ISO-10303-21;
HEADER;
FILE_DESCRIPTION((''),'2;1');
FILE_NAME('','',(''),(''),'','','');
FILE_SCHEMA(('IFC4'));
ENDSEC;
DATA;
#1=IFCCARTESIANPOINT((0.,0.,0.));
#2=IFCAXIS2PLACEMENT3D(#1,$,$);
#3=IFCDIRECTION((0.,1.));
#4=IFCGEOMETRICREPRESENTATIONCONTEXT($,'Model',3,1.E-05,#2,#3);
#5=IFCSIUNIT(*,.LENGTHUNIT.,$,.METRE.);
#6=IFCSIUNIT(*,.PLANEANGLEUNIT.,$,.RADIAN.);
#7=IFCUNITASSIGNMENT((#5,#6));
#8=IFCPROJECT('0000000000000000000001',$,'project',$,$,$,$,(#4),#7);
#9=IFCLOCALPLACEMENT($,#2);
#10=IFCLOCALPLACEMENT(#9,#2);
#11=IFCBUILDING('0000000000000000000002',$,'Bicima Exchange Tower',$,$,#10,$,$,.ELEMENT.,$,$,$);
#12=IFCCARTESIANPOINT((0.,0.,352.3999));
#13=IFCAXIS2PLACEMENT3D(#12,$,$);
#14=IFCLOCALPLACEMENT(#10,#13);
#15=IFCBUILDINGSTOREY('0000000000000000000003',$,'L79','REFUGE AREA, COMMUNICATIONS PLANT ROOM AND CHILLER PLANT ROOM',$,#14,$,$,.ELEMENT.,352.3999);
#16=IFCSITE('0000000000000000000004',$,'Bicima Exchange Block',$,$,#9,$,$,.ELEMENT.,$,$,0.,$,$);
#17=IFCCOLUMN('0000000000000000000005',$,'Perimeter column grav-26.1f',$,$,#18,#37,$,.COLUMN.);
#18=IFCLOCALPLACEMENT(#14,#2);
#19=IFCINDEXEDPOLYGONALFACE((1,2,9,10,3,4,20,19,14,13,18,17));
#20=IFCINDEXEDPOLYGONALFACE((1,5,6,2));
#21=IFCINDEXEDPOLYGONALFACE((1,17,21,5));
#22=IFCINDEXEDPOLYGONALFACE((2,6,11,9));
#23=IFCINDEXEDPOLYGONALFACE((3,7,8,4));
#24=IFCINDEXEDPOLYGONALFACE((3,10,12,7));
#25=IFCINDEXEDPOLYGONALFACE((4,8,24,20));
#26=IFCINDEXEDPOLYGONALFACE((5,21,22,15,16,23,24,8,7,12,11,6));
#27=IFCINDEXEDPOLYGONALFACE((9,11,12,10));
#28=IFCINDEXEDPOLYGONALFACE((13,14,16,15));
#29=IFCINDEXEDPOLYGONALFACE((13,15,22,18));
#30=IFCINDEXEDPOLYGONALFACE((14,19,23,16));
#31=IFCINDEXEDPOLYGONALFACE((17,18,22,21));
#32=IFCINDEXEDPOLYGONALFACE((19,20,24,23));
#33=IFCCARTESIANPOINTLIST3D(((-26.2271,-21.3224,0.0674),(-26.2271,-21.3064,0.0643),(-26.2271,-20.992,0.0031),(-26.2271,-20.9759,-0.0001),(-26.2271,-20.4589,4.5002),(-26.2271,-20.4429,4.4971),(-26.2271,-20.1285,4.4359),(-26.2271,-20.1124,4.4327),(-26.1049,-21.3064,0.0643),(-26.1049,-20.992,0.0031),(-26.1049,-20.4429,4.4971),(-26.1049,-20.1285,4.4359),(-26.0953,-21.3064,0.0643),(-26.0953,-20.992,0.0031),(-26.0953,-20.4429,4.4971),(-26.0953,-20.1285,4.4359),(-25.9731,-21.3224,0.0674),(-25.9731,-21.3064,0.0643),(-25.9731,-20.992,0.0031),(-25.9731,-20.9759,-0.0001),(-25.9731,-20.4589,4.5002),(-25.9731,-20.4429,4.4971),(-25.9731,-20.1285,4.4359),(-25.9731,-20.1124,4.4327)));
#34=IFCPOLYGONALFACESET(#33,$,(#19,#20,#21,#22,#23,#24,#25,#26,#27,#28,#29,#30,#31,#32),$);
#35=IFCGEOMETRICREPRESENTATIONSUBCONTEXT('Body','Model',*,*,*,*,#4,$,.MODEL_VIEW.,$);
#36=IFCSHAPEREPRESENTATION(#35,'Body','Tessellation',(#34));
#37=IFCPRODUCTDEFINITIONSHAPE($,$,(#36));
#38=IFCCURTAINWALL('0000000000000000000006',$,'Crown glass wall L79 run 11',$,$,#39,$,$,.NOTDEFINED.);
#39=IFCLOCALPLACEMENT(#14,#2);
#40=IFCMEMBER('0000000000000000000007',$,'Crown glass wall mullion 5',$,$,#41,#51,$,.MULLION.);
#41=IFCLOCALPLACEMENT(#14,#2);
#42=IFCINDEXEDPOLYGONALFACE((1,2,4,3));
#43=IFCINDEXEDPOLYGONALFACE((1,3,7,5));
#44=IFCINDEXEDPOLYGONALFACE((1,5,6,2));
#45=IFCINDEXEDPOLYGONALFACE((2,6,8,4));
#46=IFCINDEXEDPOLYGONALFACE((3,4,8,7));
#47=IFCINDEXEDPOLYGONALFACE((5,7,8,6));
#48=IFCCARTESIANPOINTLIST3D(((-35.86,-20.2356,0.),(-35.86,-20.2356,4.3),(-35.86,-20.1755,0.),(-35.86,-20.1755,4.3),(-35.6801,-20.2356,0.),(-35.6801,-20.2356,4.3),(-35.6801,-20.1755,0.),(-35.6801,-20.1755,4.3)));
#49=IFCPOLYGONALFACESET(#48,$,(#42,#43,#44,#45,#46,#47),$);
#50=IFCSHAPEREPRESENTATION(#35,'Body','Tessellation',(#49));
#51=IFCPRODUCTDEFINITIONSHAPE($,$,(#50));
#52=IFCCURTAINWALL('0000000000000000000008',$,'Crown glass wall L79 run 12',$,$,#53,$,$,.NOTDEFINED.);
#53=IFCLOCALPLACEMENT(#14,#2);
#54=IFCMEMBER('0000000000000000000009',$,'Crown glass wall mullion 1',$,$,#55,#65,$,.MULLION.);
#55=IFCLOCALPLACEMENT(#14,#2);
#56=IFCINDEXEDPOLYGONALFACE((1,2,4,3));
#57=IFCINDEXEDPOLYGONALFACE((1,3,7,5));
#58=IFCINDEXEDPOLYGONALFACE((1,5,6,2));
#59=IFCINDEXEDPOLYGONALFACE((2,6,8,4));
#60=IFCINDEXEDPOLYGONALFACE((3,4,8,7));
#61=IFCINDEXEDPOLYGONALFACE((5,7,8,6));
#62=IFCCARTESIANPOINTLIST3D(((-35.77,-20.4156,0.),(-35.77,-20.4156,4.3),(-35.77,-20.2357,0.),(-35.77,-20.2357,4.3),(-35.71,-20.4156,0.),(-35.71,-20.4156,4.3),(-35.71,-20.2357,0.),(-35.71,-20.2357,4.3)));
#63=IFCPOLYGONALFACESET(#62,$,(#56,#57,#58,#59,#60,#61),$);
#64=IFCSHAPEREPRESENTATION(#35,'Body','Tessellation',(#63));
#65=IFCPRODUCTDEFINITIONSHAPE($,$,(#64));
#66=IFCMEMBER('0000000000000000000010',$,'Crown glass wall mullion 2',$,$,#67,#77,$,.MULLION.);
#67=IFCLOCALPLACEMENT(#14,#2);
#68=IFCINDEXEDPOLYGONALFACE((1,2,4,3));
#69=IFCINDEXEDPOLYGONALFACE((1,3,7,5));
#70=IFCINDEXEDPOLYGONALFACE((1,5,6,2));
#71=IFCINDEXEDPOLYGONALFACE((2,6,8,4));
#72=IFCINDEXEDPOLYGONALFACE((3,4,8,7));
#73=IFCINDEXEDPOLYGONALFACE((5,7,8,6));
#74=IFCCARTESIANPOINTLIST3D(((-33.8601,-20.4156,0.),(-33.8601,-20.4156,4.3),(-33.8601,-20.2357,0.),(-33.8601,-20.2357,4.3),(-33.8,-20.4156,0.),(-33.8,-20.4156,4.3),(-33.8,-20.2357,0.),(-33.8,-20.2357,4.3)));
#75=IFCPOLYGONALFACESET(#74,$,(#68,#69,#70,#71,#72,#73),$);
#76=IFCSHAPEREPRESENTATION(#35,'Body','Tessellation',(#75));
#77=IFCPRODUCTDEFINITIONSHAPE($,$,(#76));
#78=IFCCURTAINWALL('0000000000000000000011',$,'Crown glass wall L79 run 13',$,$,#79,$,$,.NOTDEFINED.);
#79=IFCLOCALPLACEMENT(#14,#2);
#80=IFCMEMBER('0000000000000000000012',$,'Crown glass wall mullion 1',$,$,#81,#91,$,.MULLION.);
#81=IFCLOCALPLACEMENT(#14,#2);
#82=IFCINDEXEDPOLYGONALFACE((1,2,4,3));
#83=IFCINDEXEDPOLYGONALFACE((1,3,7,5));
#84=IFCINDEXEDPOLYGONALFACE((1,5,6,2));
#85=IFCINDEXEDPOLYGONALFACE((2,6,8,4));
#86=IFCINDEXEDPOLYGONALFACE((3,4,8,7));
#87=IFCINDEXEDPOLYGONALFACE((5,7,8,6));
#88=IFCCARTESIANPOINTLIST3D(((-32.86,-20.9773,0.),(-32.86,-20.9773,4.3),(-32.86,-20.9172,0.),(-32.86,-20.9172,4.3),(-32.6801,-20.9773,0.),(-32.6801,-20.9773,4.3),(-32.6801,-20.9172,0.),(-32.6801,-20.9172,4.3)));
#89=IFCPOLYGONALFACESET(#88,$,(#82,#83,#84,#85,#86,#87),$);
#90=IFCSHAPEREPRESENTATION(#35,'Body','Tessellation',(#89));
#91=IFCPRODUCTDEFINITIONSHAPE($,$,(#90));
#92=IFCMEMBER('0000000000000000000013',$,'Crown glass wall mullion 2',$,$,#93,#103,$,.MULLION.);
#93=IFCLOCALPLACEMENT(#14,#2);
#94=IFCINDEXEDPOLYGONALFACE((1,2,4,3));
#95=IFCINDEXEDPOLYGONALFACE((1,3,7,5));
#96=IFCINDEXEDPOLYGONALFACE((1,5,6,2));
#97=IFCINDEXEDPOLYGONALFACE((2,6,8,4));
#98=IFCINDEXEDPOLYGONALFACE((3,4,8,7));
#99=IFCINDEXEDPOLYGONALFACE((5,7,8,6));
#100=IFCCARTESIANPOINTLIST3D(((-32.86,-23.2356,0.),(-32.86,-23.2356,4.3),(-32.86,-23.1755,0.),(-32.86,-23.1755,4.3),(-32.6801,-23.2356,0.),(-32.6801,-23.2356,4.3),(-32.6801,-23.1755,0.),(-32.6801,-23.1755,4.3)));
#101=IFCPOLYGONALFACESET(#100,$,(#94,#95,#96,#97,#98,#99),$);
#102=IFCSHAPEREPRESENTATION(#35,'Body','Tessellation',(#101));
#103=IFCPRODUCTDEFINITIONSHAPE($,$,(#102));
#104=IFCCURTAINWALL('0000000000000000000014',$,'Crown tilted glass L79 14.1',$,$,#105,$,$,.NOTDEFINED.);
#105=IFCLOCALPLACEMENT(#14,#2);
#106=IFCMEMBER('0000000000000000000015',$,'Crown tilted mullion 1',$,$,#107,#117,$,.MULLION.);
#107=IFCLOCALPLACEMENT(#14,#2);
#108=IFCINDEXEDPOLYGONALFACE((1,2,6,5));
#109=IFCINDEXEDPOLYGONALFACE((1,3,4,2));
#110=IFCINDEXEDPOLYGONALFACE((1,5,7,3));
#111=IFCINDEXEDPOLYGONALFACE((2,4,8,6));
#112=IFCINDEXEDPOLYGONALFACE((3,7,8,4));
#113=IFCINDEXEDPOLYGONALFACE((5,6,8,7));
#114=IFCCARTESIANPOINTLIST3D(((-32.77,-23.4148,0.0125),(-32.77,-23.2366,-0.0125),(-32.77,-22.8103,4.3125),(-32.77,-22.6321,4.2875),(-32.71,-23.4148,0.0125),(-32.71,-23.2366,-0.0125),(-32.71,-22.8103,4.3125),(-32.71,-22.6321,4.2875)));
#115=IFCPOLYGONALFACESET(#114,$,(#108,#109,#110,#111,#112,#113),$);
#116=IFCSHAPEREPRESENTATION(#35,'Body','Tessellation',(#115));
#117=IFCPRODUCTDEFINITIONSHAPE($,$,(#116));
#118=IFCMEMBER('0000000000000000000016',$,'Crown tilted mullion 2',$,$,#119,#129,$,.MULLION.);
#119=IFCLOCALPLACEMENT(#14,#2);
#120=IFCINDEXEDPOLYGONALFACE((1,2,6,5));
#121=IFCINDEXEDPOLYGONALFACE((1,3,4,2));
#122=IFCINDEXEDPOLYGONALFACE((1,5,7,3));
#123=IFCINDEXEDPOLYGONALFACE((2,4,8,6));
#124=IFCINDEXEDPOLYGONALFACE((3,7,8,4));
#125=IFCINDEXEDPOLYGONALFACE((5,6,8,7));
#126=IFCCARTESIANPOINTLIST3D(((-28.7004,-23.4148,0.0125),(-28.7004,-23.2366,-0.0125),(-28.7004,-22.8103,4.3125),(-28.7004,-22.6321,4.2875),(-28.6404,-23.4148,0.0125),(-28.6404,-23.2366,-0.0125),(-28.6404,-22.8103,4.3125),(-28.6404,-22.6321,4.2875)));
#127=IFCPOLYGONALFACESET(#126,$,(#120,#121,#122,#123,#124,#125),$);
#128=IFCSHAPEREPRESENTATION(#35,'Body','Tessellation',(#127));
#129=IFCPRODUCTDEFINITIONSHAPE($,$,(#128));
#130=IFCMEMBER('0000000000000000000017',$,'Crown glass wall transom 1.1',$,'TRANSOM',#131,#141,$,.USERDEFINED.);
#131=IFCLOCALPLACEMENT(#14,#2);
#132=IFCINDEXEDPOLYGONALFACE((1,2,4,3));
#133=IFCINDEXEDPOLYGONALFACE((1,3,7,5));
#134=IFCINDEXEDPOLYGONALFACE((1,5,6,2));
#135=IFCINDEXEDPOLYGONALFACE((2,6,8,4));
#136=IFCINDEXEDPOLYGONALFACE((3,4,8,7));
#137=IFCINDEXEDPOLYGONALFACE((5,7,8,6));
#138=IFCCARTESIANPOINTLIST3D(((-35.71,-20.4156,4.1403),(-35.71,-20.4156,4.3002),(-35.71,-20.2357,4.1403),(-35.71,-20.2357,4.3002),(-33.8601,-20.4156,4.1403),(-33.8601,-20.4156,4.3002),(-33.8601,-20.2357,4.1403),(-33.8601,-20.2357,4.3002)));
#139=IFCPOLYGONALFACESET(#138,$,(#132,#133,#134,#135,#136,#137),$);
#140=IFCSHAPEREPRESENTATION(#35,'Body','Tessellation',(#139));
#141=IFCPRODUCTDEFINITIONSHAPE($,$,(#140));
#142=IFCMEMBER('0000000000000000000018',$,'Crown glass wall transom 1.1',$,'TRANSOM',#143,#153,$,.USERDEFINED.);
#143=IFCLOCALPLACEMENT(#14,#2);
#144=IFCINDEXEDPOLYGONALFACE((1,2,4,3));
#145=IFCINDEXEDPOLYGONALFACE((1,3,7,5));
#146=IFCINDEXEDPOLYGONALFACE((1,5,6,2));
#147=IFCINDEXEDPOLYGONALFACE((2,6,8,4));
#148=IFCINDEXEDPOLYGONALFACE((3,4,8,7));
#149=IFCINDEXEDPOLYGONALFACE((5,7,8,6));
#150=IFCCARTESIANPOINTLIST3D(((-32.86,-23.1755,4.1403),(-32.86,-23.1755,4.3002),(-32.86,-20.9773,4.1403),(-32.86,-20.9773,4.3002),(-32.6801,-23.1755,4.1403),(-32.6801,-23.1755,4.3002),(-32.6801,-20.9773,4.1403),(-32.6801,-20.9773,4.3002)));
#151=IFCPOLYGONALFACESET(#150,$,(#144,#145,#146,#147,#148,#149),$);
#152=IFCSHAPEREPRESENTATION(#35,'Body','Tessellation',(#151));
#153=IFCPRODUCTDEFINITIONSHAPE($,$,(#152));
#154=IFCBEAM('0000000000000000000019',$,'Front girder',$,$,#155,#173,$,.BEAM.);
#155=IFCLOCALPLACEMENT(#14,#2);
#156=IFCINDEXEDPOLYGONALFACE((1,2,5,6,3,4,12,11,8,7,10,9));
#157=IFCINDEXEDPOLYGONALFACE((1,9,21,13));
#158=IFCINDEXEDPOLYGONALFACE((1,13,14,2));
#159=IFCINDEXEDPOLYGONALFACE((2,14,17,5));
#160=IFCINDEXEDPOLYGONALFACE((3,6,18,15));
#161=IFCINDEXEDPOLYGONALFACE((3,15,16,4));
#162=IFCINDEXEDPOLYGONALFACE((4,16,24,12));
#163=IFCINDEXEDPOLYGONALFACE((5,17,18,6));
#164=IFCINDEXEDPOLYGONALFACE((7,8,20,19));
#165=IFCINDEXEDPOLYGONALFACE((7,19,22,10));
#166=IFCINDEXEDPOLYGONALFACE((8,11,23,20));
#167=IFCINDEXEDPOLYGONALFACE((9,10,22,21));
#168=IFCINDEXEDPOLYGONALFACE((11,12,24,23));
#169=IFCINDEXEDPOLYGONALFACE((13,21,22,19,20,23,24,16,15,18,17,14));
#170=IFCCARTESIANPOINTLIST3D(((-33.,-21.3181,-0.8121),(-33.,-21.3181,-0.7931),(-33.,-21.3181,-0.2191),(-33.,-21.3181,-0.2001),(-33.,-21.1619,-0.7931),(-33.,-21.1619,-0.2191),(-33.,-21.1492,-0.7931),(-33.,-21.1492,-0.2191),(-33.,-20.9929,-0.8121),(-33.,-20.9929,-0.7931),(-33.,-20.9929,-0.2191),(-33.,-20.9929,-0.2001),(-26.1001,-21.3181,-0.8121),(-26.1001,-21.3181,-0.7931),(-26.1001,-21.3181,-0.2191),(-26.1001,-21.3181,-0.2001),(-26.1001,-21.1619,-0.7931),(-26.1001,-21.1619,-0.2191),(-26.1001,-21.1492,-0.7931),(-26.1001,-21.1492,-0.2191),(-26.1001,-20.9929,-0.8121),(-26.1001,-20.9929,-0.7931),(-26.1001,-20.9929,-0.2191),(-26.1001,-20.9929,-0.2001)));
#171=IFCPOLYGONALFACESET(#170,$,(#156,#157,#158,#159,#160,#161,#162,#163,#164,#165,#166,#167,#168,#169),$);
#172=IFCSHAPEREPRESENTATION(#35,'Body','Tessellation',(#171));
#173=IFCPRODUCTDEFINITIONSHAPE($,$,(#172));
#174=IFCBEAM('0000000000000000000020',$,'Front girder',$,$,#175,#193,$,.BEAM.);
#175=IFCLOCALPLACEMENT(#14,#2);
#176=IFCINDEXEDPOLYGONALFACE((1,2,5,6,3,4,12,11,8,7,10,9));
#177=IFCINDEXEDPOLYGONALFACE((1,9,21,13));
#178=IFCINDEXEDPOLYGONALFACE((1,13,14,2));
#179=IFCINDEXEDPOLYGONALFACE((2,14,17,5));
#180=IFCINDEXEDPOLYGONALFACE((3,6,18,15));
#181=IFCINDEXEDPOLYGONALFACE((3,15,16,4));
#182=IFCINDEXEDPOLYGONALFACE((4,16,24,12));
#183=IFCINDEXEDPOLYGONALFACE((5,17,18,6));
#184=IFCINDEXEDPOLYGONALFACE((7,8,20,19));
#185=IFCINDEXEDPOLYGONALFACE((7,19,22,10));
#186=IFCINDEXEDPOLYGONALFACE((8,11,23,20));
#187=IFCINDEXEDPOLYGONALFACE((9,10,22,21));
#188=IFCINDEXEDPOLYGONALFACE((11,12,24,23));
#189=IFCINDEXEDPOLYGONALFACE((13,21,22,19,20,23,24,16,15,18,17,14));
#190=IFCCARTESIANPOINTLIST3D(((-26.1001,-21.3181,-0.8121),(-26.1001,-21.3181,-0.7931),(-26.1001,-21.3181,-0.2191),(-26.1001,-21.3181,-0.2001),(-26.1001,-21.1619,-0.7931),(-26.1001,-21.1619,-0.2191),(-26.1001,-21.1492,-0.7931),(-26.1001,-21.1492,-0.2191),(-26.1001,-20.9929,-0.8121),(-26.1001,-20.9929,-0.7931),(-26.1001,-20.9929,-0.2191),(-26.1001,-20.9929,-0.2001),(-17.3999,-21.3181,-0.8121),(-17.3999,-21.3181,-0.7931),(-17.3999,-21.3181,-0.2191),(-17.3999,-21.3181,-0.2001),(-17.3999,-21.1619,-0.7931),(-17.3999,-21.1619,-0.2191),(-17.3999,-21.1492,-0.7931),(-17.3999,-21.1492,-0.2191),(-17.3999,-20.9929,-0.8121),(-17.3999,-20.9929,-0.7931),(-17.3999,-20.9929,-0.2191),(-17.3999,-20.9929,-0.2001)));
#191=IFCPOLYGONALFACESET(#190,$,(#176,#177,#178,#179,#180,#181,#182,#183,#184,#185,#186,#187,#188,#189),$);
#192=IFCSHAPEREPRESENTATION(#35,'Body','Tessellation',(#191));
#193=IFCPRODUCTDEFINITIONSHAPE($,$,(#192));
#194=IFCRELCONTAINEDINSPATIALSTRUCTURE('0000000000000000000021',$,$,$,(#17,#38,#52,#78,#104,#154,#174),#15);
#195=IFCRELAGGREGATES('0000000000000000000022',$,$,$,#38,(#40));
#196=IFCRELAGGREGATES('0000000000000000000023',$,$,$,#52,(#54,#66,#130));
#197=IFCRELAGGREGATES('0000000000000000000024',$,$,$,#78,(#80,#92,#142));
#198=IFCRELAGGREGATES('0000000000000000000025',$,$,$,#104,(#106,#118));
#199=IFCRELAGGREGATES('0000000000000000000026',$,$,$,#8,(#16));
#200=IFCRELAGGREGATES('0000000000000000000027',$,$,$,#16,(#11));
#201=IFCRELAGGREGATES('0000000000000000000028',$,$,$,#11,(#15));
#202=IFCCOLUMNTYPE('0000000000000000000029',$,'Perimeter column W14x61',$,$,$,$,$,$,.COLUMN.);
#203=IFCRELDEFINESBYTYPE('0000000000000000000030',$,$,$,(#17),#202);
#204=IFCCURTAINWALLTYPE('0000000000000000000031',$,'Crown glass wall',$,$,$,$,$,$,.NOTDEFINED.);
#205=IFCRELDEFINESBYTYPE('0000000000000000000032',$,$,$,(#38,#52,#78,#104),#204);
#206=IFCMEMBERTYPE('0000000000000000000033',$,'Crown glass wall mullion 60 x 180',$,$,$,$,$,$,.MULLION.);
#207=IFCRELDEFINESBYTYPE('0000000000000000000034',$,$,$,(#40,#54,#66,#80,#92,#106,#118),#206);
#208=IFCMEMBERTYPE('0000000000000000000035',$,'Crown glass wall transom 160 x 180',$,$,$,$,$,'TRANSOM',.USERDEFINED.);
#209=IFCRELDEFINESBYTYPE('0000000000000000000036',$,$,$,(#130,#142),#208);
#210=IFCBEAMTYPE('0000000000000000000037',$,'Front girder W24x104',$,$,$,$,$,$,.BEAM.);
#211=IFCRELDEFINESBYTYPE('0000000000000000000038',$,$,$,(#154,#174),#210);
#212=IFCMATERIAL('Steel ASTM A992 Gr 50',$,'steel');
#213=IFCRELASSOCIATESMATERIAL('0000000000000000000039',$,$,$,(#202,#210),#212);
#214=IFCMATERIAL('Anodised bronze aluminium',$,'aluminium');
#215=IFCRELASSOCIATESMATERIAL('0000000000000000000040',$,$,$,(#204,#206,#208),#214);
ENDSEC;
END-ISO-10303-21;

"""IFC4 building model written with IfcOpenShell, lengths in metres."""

from ifc_helpers import new_model, si_unit, direction, frame, origin, origin_2d, place, context, subcontext, project, spatial, rectangle, i_section, extrude, material, material_profile, profile_set, type_object, element, aggregate, save


model = new_model("IFC4")

# Units and contexts
model_context = context("Model", 3, precision=1e-05, world=origin(), true_north=direction((0.0, 1.0)))
body_context = subcontext(model_context, "Body", "Model", "MODEL_VIEW")
ifc_project = project(units=[si_unit("LENGTHUNIT", "METRE"), si_unit("PLANEANGLEUNIT", "RADIAN")], contexts=[model_context])

# Site, building, storey
site_placement = place(None, origin())
site = spatial("IfcSite", under=ifc_project, at=site_placement, Name="Bicima Exchange Block", CompositionType="ELEMENT", RefElevation=0.0)
building_placement = place(site_placement, origin())
building = spatial("IfcBuilding", under=site, at=building_placement, Name="Bicima Exchange Tower", CompositionType="ELEMENT")
storey_placement = place(building_placement, frame((0.0, 0.0, 352.3999)))
storey = spatial("IfcBuildingStorey", under=building, at=storey_placement, Name="L79", Description="REFUGE AREA, COMMUNICATIONS PLANT ROOM AND CHILLER PLANT ROOM", CompositionType="ELEMENT", Elevation=352.3999)

# Column
ifc_material_1 = material(Name="Steel ASTM A992 Gr 50", Category="steel")
ifc_material_profile_1 = material_profile(ifc_material_1, i_section(OverallWidth=0.2539, OverallDepth=0.353, WebThickness=0.0095, FlangeThickness=0.0164, at=origin_2d()))
ifc_profile_set_1 = profile_set([ifc_material_profile_1], Name="Steel ASTM A992 Gr 50")
column_type = type_object("IfcColumnType", Name="Perimeter column W14x61", PredefinedType="COLUMN", material=ifc_profile_set_1)
column_placement = place(storey_placement, frame((-26.1001, -21.1492, 0.0337), z_axis=(0.0, 0.191207, 0.98155), x_axis=(-1.0, 0.0, 0.0)))
element("IfcColumn", 1, at=column_placement, inside=storey, type_object=column_type, Name="Perimeter column grav-26.1f", PredefinedType="COLUMN", context=body_context, shape_type="SweptSolid", body=[
    extrude(i_section(OverallWidth=0.2539, OverallDepth=0.353, WebThickness=0.0095, FlangeThickness=0.0164, at=origin_2d()), origin(), (0.0, 0.0, 1.0), 4.5161),
])

# Curtain wall, member
ifc_material_2 = material(Name="Anodised bronze aluminium", Category="aluminium")
curtain_wall_type = type_object("IfcCurtainWallType", Name="Crown glass wall", PredefinedType="NOTDEFINED", material=ifc_material_2)
curtain_wall_1_placement = place(storey_placement, origin())
curtain_wall_1 = element("IfcCurtainWall", 2, at=curtain_wall_1_placement, inside=storey, type_object=curtain_wall_type, Name="Crown glass wall L79 run 11", PredefinedType="NOTDEFINED")
ifc_material_profile_2 = material_profile(ifc_material_2, rectangle(XDim=0.1799, YDim=0.0601, at=origin_2d()))
ifc_profile_set_2 = profile_set([ifc_material_profile_2], Name="Anodised bronze aluminium")
member_type_1 = type_object("IfcMemberType", Name="Crown glass wall mullion 60 x 180", PredefinedType="MULLION", material=ifc_profile_set_2)
member_1_placement = place(storey_placement, frame((-35.77, -20.2056, 0.0), z_axis=(0.0, 0.0, 1.0), x_axis=(1.0, 0.0, 0.0)))
member_1 = element("IfcMember", 3, at=member_1_placement, type_object=member_type_1, Name="Crown glass wall mullion 5", PredefinedType="MULLION", context=body_context, shape_type="SweptSolid", body=[
    extrude(rectangle(XDim=0.1799, YDim=0.0601, at=origin_2d()), origin(), (0.0, 0.0, 1.0), 4.3),
])
aggregate(curtain_wall_1, [member_1])

# Curtain walls, members
curtain_wall_2_placement = place(storey_placement, origin())
curtain_wall_2 = element("IfcCurtainWall", 4, at=curtain_wall_2_placement, inside=storey, type_object=curtain_wall_type, Name="Crown glass wall L79 run 12", PredefinedType="NOTDEFINED")
member_2_placement = place(storey_placement, frame((-35.74, -20.3257, 0.0), z_axis=(0.0, 0.0, 1.0), x_axis=(0.0, 1.0, 0.0)))
member_2 = element("IfcMember", 5, at=member_2_placement, type_object=member_type_1, Name="Crown glass wall mullion 1", PredefinedType="MULLION", context=body_context, shape_type="SweptSolid", body=[
    extrude(rectangle(XDim=0.1799, YDim=0.0601, at=origin_2d()), origin(), (0.0, 0.0, 1.0), 4.3),
])
member_3_placement = place(storey_placement, frame((-33.8301, -20.3257, 0.0), z_axis=(0.0, 0.0, 1.0), x_axis=(0.0, 1.0, 0.0)))
member_3 = element("IfcMember", 6, at=member_3_placement, type_object=member_type_1, Name="Crown glass wall mullion 2", PredefinedType="MULLION", context=body_context, shape_type="SweptSolid", body=[
    extrude(rectangle(XDim=0.1799, YDim=0.0601, at=origin_2d()), origin(), (0.0, 0.0, 1.0), 4.3),
])
curtain_wall_3_placement = place(storey_placement, origin())
curtain_wall_3 = element("IfcCurtainWall", 7, at=curtain_wall_3_placement, inside=storey, type_object=curtain_wall_type, Name="Crown glass wall L79 run 13", PredefinedType="NOTDEFINED")
member_4_placement = place(storey_placement, frame((-32.77, -20.9473, 0.0), z_axis=(0.0, 0.0, 1.0), x_axis=(1.0, 0.0, 0.0)))
member_4 = element("IfcMember", 8, at=member_4_placement, type_object=member_type_1, Name="Crown glass wall mullion 1", PredefinedType="MULLION", context=body_context, shape_type="SweptSolid", body=[
    extrude(rectangle(XDim=0.1799, YDim=0.0601, at=origin_2d()), origin(), (0.0, 0.0, 1.0), 4.3),
])
member_5_placement = place(storey_placement, frame((-32.77, -23.2056, 0.0), z_axis=(0.0, 0.0, 1.0), x_axis=(1.0, 0.0, 0.0)))
member_5 = element("IfcMember", 9, at=member_5_placement, type_object=member_type_1, Name="Crown glass wall mullion 2", PredefinedType="MULLION", context=body_context, shape_type="SweptSolid", body=[
    extrude(rectangle(XDim=0.1799, YDim=0.0601, at=origin_2d()), origin(), (0.0, 0.0, 1.0), 4.3),
])
curtain_wall_4_placement = place(storey_placement, origin())
curtain_wall_4 = element("IfcCurtainWall", 10, at=curtain_wall_4_placement, inside=storey, type_object=curtain_wall_type, Name="Crown tilted glass L79 14.1", PredefinedType="NOTDEFINED")
member_6_placement = place(storey_placement, frame((-32.74, -23.3257, 0.0), z_axis=(0.0, 0.139209, 0.990263), x_axis=(0.0, -0.990263, 0.139209)))
member_6 = element("IfcMember", 11, at=member_6_placement, type_object=member_type_1, Name="Crown tilted mullion 1", PredefinedType="MULLION", context=body_context, shape_type="SweptSolid", body=[
    extrude(rectangle(XDim=0.1799, YDim=0.0601, at=origin_2d()), origin(), (0.0, 0.0, 1.0), 4.3423),
])
member_7_placement = place(storey_placement, frame((-28.6704, -23.3257, 0.0), z_axis=(0.0, 0.139209, 0.990263), x_axis=(0.0, -0.990263, 0.139209)))
member_7 = element("IfcMember", 12, at=member_7_placement, type_object=member_type_1, Name="Crown tilted mullion 2", PredefinedType="MULLION", context=body_context, shape_type="SweptSolid", body=[
    extrude(rectangle(XDim=0.1799, YDim=0.0601, at=origin_2d()), origin(), (0.0, 0.0, 1.0), 4.3423),
])

# Members
ifc_material_profile_3 = material_profile(ifc_material_2, rectangle(XDim=0.1799, YDim=0.1599, at=origin_2d()))
ifc_profile_set_3 = profile_set([ifc_material_profile_3], Name="Anodised bronze aluminium")
member_type_2 = type_object("IfcMemberType", Name="Crown glass wall transom 160 x 180", ElementType="TRANSOM", PredefinedType="USERDEFINED", material=ifc_profile_set_3)
member_8_placement = place(storey_placement, frame((-35.71, -20.3257, 4.2202), z_axis=(1.0, 0.0, 0.0), x_axis=(0.0, 1.0, 0.0)))
member_8 = element("IfcMember", 13, at=member_8_placement, type_object=member_type_2, Name="Crown glass wall transom 1.1", ObjectType="TRANSOM", PredefinedType="USERDEFINED", context=body_context, shape_type="SweptSolid", body=[
    extrude(rectangle(XDim=0.1799, YDim=0.1599, at=origin_2d()), origin(), (0.0, 0.0, 1.0), 1.8499),
])
member_9_placement = place(storey_placement, frame((-32.77, -20.9773, 4.2202), z_axis=(0.0, -1.0, 0.0), x_axis=(1.0, 0.0, 0.0)))
member_9 = element("IfcMember", 14, at=member_9_placement, type_object=member_type_2, Name="Crown glass wall transom 1.1", ObjectType="TRANSOM", PredefinedType="USERDEFINED", context=body_context, shape_type="SweptSolid", body=[
    extrude(rectangle(XDim=0.1799, YDim=0.1599, at=origin_2d()), origin(), (0.0, 0.0, 1.0), 2.1982),
])

# Beams
ifc_material_profile_4 = material_profile(ifc_material_1, i_section(OverallWidth=0.3252, OverallDepth=0.6121, WebThickness=0.0127, FlangeThickness=0.019, at=origin_2d()))
ifc_profile_set_4 = profile_set([ifc_material_profile_4], Name="Steel ASTM A992 Gr 50")
beam_type = type_object("IfcBeamType", Name="Front girder W24x104", PredefinedType="BEAM", material=ifc_profile_set_4)
beam_1_placement = place(storey_placement, frame((-33.0, -21.1555, -0.5061), z_axis=(1.0, 0.0, 0.0), x_axis=(0.0, 1.0, 0.0)))
element("IfcBeam", 15, at=beam_1_placement, inside=storey, type_object=beam_type, Name="Front girder", PredefinedType="BEAM", context=body_context, shape_type="SweptSolid", body=[
    extrude(i_section(OverallWidth=0.3252, OverallDepth=0.6121, WebThickness=0.0127, FlangeThickness=0.019, at=origin_2d()), origin(), (0.0, 0.0, 1.0), 6.8999),
])
beam_2_placement = place(storey_placement, frame((-26.1001, -21.1555, -0.5061), z_axis=(1.0, 0.0, 0.0), x_axis=(0.0, 1.0, 0.0)))
element("IfcBeam", 16, at=beam_2_placement, inside=storey, type_object=beam_type, Name="Front girder", PredefinedType="BEAM", context=body_context, shape_type="SweptSolid", body=[
    extrude(i_section(OverallWidth=0.3252, OverallDepth=0.6121, WebThickness=0.0127, FlangeThickness=0.019, at=origin_2d()), origin(), (0.0, 0.0, 1.0), 8.7002),
])

aggregate(curtain_wall_2, [member_2, member_3, member_8])
aggregate(curtain_wall_3, [member_4, member_5, member_9])
aggregate(curtain_wall_4, [member_6, member_7])

save(model, "model.ifc")
